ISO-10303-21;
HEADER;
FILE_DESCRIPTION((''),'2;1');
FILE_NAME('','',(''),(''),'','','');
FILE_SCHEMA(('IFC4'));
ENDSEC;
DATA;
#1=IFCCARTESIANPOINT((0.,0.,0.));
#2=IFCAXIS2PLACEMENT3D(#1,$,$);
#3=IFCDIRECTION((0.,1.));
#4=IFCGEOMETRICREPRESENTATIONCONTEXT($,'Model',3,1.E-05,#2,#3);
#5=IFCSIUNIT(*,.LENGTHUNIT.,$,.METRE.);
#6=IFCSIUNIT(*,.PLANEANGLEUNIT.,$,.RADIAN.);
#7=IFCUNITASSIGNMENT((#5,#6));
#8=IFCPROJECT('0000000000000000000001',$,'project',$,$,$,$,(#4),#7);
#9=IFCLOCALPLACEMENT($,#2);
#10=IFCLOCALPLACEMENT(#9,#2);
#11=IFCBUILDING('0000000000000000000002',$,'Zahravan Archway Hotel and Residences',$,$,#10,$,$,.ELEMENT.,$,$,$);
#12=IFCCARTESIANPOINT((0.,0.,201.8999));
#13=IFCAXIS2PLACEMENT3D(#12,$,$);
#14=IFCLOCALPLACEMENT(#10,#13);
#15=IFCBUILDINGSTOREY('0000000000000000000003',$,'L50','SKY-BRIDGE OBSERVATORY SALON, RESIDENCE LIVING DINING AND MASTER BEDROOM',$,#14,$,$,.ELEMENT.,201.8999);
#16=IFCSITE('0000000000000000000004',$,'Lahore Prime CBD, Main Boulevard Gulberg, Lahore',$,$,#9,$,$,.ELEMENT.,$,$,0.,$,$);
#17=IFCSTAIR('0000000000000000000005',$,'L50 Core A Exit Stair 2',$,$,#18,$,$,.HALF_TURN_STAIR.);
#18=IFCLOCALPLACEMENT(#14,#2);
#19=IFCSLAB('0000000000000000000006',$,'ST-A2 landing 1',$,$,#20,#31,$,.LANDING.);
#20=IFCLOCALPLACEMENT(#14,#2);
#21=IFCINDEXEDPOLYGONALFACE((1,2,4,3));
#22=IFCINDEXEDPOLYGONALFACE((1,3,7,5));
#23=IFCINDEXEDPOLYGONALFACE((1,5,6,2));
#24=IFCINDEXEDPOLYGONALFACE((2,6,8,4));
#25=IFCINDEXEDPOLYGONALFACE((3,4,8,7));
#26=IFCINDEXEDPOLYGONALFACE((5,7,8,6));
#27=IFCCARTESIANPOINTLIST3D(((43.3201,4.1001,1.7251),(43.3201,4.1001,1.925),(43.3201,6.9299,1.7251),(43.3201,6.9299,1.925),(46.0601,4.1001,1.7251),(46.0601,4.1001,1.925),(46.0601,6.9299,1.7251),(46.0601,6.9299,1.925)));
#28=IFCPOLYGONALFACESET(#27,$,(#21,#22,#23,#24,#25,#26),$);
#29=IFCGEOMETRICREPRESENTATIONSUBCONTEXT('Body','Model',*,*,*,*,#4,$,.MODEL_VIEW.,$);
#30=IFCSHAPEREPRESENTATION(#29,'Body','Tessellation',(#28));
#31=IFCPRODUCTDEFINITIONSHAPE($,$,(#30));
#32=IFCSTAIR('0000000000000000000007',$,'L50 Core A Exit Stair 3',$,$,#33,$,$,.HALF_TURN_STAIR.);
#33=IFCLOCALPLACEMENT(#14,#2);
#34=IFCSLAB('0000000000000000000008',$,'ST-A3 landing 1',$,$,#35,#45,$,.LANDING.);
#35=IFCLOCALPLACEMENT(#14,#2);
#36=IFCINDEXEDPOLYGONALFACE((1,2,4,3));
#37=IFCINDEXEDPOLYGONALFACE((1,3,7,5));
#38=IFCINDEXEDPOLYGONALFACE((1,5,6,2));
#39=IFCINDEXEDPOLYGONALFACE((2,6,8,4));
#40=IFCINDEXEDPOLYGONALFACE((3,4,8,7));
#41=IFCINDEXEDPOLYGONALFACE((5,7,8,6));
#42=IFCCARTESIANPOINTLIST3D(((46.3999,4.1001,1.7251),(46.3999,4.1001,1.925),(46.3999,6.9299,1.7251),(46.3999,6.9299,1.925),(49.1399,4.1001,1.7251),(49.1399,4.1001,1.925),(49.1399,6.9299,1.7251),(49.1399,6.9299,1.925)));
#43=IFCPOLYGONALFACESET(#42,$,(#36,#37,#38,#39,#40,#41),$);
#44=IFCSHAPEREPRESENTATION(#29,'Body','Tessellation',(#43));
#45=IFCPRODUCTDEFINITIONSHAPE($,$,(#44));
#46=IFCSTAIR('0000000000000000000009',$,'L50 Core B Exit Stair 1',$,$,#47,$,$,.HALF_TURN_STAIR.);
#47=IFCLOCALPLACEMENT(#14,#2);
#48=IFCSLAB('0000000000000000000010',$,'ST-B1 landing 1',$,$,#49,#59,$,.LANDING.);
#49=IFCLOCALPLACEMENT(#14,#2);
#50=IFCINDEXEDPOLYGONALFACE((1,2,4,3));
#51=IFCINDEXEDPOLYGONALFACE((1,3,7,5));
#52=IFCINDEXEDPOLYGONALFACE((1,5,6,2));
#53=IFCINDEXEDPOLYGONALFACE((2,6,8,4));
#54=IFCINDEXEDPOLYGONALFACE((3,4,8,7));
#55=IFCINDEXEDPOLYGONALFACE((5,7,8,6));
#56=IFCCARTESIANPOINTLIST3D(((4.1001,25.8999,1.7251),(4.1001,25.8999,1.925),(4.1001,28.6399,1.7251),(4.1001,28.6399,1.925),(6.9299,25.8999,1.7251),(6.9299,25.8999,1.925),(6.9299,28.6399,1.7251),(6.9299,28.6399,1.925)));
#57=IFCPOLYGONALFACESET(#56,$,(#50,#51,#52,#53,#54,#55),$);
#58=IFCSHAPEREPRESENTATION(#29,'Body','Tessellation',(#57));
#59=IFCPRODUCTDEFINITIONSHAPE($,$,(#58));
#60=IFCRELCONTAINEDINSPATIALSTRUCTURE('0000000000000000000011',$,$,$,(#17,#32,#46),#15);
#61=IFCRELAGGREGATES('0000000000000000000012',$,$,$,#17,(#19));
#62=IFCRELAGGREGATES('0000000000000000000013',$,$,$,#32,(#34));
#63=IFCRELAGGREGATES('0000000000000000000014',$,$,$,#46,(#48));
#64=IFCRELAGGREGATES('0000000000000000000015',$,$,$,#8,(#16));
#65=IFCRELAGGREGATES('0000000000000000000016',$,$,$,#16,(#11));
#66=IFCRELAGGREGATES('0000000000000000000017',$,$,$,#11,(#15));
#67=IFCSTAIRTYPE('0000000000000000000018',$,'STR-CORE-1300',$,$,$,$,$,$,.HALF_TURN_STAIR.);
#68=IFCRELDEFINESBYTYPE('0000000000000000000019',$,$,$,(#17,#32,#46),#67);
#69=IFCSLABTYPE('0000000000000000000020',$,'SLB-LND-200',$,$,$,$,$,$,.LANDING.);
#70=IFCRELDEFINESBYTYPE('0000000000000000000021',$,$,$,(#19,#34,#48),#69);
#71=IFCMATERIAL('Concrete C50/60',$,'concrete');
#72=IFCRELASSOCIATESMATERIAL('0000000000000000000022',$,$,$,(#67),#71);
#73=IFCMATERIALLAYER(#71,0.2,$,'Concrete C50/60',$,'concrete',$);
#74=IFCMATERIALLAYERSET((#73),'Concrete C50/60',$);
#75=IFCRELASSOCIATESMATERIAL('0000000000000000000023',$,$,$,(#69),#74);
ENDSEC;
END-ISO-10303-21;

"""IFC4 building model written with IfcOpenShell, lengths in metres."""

from ifc_helpers import new_model, si_unit, direction, frame, origin, place, context, subcontext, project, spatial, polyline, outline, extrude, material, layer, layer_set, type_object, element, aggregate, save


model = new_model("IFC4")

# Units and contexts
model_context = context("Model", 3, precision=1e-05, world=origin(), true_north=direction((0.0, 1.0)))
body_context = subcontext(model_context, "Body", "Model", "MODEL_VIEW")
ifc_project = project(units=[si_unit("LENGTHUNIT", "METRE"), si_unit("PLANEANGLEUNIT", "RADIAN")], contexts=[model_context])

# Site, building, storey
site_placement = place(None, origin())
site = spatial("IfcSite", under=ifc_project, at=site_placement, Name="Lahore Prime CBD, Main Boulevard Gulberg, Lahore", CompositionType="ELEMENT", RefElevation=0.0)
building_placement = place(site_placement, origin())
building = spatial("IfcBuilding", under=site, at=building_placement, Name="Zahravan Archway Hotel and Residences", CompositionType="ELEMENT")
storey_placement = place(building_placement, frame((0.0, 0.0, 201.8999)))
storey = spatial("IfcBuildingStorey", under=building, at=storey_placement, Name="L50", Description="SKY-BRIDGE OBSERVATORY SALON, RESIDENCE LIVING DINING AND MASTER BEDROOM", CompositionType="ELEMENT", Elevation=201.8999)

# Stairs, slabs
ifc_material_1 = material(Name="Concrete C50/60", Category="concrete")
stair_type = type_object("IfcStairType", Name="STR-CORE-1300", PredefinedType="HALF_TURN_STAIR", material=ifc_material_1)
ifc_layer_1 = layer(ifc_material_1, 0.2, Name="Concrete C50/60", Category="concrete")
ifc_layer_set_1 = layer_set([ifc_layer_1], Name="Concrete C50/60")
slab_type_1 = type_object("IfcSlabType", Name="SLB-LND-200", PredefinedType="LANDING", material=ifc_layer_set_1)
stair_1_placement = place(storey_placement, origin())
stair_1 = element("IfcStair", 1, at=stair_1_placement, inside=storey, type_object=stair_type, Name="L50 Core A Exit Stair 2", PredefinedType="HALF_TURN_STAIR")
slab_1_placement = place(storey_placement, frame((0.0, 0.0, 1.7251)))
slab_1 = element("IfcSlab", 2, at=slab_1_placement, type_object=slab_type_1, Name="ST-A2 landing 1", PredefinedType="LANDING", context=body_context, shape_type="SweptSolid", body=[
    extrude(outline(polyline([(43.3201, 6.9299), (43.3201, 4.1001), (46.0601, 4.1001), (46.0601, 6.9299), (43.3201, 6.9299)])), origin(), (0.0, 0.0, 1.0), 0.2),
])
aggregate(stair_1, [slab_1])
stair_2_placement = place(storey_placement, origin())
stair_2 = element("IfcStair", 3, at=stair_2_placement, inside=storey, type_object=stair_type, Name="L50 Core A Exit Stair 3", PredefinedType="HALF_TURN_STAIR")
slab_2_placement = place(storey_placement, frame((0.0, 0.0, 1.7251)))
slab_2 = element("IfcSlab", 4, at=slab_2_placement, type_object=slab_type_1, Name="ST-A3 landing 1", PredefinedType="LANDING", context=body_context, shape_type="SweptSolid", body=[
    extrude(outline(polyline([(46.3999, 6.9299), (46.3999, 4.1001), (49.1399, 4.1001), (49.1399, 6.9299), (46.3999, 6.9299)])), origin(), (0.0, 0.0, 1.0), 0.2),
])
aggregate(stair_2, [slab_2])
stair_3_placement = place(storey_placement, origin())
stair_3 = element("IfcStair", 5, at=stair_3_placement, inside=storey, type_object=stair_type, Name="L50 Core B Exit Stair 1", PredefinedType="HALF_TURN_STAIR")
slab_3_placement = place(storey_placement, frame((0.0, 0.0, 1.7251)))
slab_3 = element("IfcSlab", 6, at=slab_3_placement, type_object=slab_type_1, Name="ST-B1 landing 1", PredefinedType="LANDING", context=body_context, shape_type="SweptSolid", body=[
    extrude(outline(polyline([(6.9299, 28.6399), (4.1001, 28.6399), (4.1001, 25.8999), (6.9299, 25.8999), (6.9299, 28.6399)])), origin(), (0.0, 0.0, 1.0), 0.2),
])
aggregate(stair_3, [slab_3])

save(model, "model.ifc")
